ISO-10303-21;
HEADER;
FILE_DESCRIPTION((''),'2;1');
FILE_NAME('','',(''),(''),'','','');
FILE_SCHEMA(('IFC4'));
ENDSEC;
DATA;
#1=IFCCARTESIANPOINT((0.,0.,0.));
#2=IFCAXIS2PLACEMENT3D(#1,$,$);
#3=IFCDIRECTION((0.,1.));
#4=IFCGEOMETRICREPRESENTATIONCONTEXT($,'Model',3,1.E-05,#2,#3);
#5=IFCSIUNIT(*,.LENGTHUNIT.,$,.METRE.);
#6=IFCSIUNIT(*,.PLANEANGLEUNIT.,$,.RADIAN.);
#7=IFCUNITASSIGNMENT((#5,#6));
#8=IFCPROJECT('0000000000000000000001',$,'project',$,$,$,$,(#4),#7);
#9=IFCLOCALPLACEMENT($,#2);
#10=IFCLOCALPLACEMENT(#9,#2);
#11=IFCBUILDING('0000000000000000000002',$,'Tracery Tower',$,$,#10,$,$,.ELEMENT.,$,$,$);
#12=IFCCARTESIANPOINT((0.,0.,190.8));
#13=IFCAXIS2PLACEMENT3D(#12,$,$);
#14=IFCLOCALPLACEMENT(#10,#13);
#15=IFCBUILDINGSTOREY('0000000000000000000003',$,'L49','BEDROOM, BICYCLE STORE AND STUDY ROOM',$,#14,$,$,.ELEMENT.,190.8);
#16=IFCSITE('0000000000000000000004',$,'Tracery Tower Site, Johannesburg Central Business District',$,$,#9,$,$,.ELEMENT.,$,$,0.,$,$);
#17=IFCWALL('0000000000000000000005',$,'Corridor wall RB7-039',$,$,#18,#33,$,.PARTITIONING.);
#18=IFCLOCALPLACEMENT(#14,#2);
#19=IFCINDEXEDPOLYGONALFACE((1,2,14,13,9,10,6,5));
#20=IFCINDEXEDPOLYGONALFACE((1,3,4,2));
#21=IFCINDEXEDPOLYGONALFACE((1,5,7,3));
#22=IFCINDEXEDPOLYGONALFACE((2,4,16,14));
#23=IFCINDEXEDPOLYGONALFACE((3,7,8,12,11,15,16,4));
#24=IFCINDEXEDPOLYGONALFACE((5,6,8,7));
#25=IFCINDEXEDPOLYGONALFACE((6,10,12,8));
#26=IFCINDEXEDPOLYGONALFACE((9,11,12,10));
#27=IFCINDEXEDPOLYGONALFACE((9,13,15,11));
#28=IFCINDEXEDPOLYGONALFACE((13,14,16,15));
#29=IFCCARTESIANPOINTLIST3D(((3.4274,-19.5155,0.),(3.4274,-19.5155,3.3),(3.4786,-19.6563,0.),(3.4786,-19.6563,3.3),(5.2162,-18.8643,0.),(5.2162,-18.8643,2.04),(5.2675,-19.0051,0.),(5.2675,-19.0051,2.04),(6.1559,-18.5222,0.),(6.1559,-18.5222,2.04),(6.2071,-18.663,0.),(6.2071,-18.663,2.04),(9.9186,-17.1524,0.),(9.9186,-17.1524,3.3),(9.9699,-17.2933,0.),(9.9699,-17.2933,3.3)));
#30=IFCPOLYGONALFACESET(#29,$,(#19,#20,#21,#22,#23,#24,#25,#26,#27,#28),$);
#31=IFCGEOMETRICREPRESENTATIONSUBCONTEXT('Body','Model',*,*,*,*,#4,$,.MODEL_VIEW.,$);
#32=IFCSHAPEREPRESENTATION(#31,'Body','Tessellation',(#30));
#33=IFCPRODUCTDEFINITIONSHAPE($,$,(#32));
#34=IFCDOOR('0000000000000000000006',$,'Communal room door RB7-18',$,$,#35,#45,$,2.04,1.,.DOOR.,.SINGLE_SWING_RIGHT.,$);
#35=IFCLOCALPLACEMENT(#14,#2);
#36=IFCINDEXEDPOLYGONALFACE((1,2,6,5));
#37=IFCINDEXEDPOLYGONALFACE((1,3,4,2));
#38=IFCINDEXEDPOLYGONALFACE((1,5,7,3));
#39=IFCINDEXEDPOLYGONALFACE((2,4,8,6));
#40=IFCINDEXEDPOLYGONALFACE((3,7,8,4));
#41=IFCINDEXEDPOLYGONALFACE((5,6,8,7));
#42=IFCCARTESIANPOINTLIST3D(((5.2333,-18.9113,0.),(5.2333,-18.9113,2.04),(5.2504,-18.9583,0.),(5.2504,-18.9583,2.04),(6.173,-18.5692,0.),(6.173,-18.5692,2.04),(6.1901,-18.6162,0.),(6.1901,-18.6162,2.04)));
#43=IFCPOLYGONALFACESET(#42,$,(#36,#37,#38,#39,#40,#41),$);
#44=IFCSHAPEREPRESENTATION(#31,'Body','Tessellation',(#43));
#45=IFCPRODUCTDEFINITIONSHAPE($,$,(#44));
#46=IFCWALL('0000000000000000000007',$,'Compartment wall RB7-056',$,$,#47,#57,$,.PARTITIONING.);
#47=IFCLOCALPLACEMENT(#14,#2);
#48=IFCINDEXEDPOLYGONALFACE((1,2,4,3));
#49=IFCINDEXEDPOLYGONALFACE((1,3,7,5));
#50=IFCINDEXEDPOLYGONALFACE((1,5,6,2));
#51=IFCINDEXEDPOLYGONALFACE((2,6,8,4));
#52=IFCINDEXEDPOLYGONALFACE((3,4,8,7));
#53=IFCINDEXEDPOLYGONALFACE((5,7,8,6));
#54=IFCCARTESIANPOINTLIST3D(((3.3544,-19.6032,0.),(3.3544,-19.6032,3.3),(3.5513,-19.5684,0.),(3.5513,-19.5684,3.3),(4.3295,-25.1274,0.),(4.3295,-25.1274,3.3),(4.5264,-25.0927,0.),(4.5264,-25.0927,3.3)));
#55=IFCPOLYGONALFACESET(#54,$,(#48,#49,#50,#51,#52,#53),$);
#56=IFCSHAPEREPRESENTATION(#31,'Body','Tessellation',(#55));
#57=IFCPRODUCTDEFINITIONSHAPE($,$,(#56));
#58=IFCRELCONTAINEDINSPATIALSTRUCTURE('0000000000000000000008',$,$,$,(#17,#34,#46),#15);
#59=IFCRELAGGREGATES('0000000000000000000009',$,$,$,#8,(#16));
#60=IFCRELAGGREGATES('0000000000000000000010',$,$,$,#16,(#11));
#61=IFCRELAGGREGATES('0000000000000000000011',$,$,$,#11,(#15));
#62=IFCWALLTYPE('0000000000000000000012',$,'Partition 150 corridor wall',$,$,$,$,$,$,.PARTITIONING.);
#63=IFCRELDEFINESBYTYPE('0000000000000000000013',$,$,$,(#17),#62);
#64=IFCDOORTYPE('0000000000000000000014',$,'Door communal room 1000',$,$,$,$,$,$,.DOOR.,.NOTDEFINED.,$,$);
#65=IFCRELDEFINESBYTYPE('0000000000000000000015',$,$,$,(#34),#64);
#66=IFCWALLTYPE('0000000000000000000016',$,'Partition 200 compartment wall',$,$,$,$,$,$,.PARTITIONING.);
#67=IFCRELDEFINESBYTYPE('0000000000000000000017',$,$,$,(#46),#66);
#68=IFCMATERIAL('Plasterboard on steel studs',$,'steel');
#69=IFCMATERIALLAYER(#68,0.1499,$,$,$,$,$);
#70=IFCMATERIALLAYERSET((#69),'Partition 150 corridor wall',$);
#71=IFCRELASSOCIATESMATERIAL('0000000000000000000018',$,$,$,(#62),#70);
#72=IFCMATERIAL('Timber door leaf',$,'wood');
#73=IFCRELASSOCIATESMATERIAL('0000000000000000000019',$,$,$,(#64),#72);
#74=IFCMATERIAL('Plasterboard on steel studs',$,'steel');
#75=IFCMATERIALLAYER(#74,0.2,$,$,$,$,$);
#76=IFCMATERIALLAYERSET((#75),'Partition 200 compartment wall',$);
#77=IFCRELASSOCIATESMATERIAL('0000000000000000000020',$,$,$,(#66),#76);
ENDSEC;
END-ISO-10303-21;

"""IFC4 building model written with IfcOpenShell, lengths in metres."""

from ifc_helpers import new_model, si_unit, direction, frame, frame_2d, origin, place, context, subcontext, project, spatial, rectangle, extrude, material, layer, layer_set, type_object, element, fill, save


model = new_model("IFC4")

# Units and contexts
model_context = context("Model", 3, precision=1e-05, world=origin(), true_north=direction((0.0, 1.0)))
body_context = subcontext(model_context, "Body", "Model", "MODEL_VIEW")
ifc_project = project(units=[si_unit("LENGTHUNIT", "METRE"), si_unit("PLANEANGLEUNIT", "RADIAN")], contexts=[model_context])

# Site, building, storey
site_placement = place(None, origin())
site = spatial("IfcSite", under=ifc_project, at=site_placement, Name="Tracery Tower Site, Johannesburg Central Business District", CompositionType="ELEMENT", RefElevation=0.0)
building_placement = place(site_placement, origin())
building = spatial("IfcBuilding", under=site, at=building_placement, Name="Tracery Tower", CompositionType="ELEMENT")
storey_placement = place(building_placement, frame((0.0, 0.0, 190.8)))
storey = spatial("IfcBuildingStorey", under=building, at=storey_placement, Name="L49", Description="BEDROOM, BICYCLE STORE AND STUDY ROOM", CompositionType="ELEMENT", Elevation=190.8)

# Shared definitions
ifc_material_1 = material(Name="Plasterboard on steel studs", Category="steel")
ifc_layer_1 = layer(ifc_material_1, 0.1499)
ifc_layer_set_1 = layer_set([ifc_layer_1], Name="Partition 150 corridor wall")
wall_type_1 = type_object("IfcWallType", Name="Partition 150 corridor wall", PredefinedType="PARTITIONING", material=ifc_layer_set_1)

# Wall, opening, door
wall_1_placement = place(storey_placement, frame((3.4529, -19.5859, 0.0), z_axis=(0.0, 0.0, 1.0), x_axis=(0.939673, 0.342075, 0.0)))
wall_1 = element("IfcWall", 1, at=wall_1_placement, inside=storey, type_object=wall_type_1, Name="Corridor wall RB7-039", PredefinedType="PARTITIONING", context=body_context, shape_type="SweptSolid", body=[
    extrude(rectangle(XDim=6.908, YDim=0.1499, at=frame_2d((3.4541, 0.0))), origin(), (0.0, 0.0, 1.0), 3.3),
])
opening_1_placement = place(wall_1_placement, frame((1.9038, 0.0, 0.0)))
opening_1 = element("IfcOpeningElement", 2, at=opening_1_placement, cuts=wall_1, PredefinedType="OPENING", context=body_context, shape_type="SweptSolid", body=[
    extrude(rectangle(XDim=1.0, YDim=2.04, at=frame_2d((0.5, 1.02))), frame((0.0, 0.075, 0.0), z_axis=(0.0, -1.0, 0.0), x_axis=(1.0, 0.0, 0.0)), (0.0, 0.0, 1.0), 0.1499),
])
ifc_material_2 = material(Name="Timber door leaf", Category="wood")
door_type_1 = type_object("IfcDoorType", Name="Door communal room 1000", OperationType="NOTDEFINED", PredefinedType="DOOR", material=ifc_material_2)
door_1_placement = place(opening_1_placement, origin())
door_1 = element("IfcDoor", 3, at=door_1_placement, inside=storey, type_object=door_type_1, Name="Communal room door RB7-18", OperationType="SINGLE_SWING_RIGHT", OverallHeight=2.04, OverallWidth=1.0, PredefinedType="DOOR", context=body_context, shape_type="SweptSolid", body=[
    extrude(rectangle(XDim=1.0, YDim=2.04, at=frame_2d((0.5, 1.02))), frame((0.0, 0.0249, 0.0), z_axis=(0.0, -1.0, 0.0), x_axis=(1.0, 0.0, 0.0)), (0.0, 0.0, 1.0), 0.05),
])
fill(opening_1, door_1)

# Wall
ifc_material_3 = material(Name="Plasterboard on steel studs", Category="steel")
ifc_layer_2 = layer(ifc_material_3, 0.2)
ifc_layer_set_2 = layer_set([ifc_layer_2], Name="Partition 200 compartment wall")
wall_type_2 = type_object("IfcWallType", Name="Partition 200 compartment wall", PredefinedType="PARTITIONING", material=ifc_layer_set_2)
wall_2_placement = place(storey_placement, frame((3.4529, -19.5859, 0.0), z_axis=(0.0, 0.0, 1.0), x_axis=(0.173828, -0.984776, 0.0)))
element("IfcWall", 4, at=wall_2_placement, inside=storey, type_object=wall_type_2, Name="Compartment wall RB7-056", PredefinedType="PARTITIONING", context=body_context, shape_type="SweptSolid", body=[
    extrude(rectangle(XDim=5.6096, YDim=0.2, at=frame_2d((2.8047, 0.0))), origin(), (0.0, 0.0, 1.0), 3.3),
])

save(model, "model.ifc")
